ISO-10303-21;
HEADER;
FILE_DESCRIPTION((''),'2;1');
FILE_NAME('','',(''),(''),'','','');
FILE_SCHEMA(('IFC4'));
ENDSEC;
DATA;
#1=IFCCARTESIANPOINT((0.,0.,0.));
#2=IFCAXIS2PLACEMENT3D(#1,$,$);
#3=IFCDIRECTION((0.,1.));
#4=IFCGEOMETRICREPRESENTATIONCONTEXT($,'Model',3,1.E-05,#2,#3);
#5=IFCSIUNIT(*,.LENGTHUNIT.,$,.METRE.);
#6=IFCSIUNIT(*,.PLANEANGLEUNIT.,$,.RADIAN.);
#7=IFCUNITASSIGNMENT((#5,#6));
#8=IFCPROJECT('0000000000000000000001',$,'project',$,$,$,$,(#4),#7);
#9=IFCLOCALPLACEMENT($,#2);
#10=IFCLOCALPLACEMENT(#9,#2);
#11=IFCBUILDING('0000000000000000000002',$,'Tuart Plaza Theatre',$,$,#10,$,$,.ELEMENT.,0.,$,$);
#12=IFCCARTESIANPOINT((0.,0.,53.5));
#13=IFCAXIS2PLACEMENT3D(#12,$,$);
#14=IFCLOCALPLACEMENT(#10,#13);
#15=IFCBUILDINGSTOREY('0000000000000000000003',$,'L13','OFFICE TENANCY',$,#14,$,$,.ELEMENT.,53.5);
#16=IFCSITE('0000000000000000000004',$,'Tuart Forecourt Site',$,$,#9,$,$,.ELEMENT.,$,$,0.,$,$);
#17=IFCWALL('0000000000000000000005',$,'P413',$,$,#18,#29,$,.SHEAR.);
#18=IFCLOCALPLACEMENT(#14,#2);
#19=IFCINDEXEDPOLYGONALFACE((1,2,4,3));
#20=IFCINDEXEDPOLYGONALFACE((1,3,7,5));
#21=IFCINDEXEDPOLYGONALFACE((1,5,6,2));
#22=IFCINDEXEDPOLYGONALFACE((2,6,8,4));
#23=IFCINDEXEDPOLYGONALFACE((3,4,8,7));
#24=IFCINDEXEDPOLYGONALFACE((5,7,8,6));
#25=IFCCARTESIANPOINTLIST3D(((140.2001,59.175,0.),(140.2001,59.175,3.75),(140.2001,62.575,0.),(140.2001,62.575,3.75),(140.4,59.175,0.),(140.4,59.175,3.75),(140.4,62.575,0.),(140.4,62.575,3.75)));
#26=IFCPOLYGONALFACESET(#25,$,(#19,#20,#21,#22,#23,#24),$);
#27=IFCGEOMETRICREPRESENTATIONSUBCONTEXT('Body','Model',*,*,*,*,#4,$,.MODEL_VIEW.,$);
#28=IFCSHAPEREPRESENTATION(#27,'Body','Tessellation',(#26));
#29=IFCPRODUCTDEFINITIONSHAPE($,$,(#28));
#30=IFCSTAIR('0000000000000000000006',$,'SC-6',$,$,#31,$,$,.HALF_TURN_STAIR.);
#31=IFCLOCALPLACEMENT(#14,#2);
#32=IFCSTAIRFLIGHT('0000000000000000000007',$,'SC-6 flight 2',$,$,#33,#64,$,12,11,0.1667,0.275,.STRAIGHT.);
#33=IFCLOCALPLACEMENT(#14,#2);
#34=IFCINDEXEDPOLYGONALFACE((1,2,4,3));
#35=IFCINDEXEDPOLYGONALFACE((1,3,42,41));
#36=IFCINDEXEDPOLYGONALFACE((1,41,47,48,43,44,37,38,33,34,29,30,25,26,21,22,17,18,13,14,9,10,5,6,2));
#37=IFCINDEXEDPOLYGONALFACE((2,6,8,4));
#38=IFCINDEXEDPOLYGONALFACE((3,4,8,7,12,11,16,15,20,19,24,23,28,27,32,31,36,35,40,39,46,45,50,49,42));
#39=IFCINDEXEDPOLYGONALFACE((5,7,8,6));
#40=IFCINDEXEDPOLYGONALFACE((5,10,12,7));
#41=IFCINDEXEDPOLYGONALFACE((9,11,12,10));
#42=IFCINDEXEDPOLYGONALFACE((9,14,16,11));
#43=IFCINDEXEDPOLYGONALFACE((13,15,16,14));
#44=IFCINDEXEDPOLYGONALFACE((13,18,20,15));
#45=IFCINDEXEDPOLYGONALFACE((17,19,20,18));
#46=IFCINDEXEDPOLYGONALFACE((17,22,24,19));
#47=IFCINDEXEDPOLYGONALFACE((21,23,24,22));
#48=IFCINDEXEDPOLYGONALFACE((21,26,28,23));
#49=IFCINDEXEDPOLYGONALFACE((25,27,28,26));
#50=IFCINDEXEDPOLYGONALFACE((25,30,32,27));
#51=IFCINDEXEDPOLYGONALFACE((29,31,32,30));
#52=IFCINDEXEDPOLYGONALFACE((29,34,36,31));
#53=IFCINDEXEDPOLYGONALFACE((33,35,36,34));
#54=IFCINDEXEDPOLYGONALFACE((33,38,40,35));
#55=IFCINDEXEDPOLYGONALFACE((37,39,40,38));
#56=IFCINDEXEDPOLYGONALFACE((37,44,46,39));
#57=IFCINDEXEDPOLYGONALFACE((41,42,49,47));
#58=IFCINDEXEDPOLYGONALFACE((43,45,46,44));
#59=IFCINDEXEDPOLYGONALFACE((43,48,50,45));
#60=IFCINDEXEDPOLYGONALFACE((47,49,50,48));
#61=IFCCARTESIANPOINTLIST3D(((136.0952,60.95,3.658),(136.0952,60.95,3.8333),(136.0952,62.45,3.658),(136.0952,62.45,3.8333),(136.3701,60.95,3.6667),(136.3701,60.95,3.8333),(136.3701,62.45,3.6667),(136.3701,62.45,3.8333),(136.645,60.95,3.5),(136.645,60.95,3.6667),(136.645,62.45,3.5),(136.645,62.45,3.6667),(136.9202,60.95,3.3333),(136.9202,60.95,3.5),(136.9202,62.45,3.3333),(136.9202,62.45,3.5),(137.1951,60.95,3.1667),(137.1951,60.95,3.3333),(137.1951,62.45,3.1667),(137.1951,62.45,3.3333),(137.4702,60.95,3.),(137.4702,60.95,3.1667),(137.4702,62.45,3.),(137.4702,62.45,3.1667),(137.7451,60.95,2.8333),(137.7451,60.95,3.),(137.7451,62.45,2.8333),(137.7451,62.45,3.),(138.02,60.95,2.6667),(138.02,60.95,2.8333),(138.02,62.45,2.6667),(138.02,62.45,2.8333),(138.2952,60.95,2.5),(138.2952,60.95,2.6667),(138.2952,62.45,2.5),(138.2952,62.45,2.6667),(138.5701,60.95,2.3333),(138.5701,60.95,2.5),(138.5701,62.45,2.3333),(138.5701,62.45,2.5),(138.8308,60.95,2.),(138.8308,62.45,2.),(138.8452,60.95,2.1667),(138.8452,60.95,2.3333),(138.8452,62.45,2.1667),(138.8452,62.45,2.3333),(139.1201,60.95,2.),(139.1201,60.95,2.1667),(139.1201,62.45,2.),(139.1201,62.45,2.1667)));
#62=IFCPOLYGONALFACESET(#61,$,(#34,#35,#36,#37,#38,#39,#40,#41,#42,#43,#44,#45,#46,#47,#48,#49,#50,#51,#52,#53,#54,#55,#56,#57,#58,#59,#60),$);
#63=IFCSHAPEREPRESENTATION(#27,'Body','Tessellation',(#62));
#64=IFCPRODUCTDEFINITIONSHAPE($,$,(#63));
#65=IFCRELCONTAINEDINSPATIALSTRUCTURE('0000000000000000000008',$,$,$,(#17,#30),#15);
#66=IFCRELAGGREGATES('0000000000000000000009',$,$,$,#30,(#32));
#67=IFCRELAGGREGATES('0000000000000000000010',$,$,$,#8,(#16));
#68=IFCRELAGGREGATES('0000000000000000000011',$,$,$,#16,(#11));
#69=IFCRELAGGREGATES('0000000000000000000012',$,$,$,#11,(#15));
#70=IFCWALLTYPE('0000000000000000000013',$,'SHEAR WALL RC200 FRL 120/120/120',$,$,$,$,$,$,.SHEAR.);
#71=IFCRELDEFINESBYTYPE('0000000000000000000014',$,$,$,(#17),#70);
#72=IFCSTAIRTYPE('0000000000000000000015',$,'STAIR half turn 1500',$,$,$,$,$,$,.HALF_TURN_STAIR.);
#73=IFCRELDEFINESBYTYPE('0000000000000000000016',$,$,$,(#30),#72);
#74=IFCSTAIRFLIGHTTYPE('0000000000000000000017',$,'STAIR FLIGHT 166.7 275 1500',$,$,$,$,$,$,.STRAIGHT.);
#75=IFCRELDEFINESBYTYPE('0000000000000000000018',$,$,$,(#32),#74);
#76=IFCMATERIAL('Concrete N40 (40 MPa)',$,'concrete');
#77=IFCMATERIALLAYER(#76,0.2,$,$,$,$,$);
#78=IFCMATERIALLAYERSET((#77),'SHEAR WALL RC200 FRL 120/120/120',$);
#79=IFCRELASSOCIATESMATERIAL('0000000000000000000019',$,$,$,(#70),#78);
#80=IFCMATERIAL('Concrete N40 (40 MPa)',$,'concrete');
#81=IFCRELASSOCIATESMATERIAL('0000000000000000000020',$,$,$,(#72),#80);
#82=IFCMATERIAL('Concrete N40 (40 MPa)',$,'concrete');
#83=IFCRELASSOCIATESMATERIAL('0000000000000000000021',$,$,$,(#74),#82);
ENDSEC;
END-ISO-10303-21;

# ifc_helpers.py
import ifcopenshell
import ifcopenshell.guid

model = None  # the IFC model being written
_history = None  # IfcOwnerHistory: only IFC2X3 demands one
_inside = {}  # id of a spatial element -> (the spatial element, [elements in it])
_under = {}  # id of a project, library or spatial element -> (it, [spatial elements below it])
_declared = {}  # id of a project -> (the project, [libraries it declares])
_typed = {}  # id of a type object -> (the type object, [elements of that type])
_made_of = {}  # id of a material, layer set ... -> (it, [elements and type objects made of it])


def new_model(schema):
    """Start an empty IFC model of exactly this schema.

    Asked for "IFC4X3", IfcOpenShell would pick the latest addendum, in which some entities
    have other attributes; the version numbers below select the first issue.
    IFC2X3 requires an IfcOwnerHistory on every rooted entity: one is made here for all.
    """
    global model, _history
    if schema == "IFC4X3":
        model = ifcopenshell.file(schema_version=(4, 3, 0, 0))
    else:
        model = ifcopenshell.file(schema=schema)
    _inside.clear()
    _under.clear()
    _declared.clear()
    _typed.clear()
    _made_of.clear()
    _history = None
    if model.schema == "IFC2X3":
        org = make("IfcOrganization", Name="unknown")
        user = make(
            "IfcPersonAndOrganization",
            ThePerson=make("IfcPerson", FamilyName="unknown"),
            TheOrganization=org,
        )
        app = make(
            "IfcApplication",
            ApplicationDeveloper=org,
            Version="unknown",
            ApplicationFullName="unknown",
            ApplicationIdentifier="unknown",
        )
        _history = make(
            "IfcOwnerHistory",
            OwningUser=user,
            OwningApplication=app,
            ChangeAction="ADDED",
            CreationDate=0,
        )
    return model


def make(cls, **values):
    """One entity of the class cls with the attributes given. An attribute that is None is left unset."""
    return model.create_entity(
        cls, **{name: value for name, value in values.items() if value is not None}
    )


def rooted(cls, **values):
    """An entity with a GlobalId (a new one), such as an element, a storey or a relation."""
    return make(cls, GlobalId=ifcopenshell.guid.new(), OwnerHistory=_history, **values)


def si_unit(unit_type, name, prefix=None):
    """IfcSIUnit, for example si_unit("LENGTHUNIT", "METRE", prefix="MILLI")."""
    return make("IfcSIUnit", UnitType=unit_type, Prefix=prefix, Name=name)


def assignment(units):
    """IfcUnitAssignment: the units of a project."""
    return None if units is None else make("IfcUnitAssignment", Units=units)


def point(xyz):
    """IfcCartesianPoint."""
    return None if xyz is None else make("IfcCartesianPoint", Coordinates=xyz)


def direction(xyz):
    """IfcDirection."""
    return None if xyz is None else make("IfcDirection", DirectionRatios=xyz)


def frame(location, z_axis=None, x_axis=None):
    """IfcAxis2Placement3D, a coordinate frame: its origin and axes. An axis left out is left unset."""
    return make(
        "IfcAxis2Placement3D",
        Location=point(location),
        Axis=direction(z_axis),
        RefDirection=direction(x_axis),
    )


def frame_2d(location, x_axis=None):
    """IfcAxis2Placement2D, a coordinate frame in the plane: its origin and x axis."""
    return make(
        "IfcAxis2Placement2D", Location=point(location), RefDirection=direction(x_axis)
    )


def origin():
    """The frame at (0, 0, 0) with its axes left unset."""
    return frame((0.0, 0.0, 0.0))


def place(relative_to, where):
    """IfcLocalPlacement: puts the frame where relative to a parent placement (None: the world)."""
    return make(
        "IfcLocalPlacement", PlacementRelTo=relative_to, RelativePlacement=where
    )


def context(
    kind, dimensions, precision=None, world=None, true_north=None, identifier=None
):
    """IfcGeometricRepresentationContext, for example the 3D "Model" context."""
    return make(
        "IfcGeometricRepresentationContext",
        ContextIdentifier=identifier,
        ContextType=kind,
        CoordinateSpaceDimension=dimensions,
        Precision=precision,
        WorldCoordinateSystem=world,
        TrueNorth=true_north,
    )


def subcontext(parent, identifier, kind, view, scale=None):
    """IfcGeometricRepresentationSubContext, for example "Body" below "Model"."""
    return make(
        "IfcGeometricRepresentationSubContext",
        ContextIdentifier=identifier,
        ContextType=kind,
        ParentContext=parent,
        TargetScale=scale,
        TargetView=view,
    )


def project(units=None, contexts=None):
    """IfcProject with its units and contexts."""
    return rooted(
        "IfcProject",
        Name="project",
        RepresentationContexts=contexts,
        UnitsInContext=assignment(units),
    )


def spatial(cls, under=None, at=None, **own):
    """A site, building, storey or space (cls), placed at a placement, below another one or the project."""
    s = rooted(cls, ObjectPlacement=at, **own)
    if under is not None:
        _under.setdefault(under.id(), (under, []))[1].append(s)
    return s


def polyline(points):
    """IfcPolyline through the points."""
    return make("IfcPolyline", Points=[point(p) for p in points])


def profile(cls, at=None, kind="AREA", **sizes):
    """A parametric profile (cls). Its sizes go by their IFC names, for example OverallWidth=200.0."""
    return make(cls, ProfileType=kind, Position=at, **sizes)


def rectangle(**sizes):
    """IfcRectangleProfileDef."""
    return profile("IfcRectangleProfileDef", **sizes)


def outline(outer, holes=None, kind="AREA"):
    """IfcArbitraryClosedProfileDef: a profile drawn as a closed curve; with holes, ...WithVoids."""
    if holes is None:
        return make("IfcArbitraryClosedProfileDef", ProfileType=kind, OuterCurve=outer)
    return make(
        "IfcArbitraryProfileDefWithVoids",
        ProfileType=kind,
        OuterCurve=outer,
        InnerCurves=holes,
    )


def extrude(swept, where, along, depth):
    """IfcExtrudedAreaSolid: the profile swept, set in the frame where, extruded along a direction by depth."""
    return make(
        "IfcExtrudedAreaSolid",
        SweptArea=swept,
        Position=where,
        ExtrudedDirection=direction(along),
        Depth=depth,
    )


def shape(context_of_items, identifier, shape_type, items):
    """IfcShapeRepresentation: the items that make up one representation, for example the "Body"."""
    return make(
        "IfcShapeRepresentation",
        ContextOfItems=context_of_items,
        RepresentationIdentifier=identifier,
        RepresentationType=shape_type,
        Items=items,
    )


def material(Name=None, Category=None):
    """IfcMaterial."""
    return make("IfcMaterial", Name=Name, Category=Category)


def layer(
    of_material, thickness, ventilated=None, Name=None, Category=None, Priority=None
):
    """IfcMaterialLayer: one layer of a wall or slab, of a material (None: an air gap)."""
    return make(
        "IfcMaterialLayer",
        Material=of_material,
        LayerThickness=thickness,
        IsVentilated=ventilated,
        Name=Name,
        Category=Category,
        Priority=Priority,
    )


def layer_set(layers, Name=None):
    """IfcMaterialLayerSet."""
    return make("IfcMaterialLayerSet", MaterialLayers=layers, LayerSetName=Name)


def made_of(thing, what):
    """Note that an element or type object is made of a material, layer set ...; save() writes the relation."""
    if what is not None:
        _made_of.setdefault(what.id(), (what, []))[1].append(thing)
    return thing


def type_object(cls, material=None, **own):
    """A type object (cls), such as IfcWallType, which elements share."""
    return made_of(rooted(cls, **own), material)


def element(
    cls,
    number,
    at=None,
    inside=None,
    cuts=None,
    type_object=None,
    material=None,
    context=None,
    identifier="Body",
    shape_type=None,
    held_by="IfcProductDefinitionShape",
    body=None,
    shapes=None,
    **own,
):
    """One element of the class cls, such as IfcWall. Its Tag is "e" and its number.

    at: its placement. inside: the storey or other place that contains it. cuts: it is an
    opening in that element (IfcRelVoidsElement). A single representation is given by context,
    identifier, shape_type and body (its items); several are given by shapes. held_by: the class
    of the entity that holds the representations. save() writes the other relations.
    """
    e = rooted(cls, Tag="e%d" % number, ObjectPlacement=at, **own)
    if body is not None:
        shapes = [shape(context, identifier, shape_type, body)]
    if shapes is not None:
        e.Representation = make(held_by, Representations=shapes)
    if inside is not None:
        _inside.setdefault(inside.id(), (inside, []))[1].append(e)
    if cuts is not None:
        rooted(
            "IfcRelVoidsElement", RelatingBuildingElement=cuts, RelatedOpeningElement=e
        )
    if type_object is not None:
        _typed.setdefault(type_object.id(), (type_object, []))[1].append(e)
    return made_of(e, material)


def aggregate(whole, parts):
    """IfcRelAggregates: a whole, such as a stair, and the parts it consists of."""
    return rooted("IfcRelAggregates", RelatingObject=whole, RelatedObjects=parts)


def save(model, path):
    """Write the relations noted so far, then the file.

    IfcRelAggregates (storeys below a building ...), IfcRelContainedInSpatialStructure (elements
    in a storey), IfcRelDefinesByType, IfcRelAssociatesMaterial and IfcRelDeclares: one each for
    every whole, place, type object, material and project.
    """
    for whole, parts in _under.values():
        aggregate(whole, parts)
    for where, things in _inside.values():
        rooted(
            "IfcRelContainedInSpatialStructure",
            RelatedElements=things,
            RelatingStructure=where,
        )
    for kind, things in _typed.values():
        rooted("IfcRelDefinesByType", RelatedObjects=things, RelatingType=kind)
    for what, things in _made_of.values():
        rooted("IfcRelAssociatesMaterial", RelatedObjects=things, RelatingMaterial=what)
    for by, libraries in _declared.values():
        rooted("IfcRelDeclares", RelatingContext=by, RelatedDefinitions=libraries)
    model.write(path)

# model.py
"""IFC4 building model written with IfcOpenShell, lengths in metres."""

from ifc_helpers import new_model, si_unit, direction, frame, frame_2d, origin, place, context, subcontext, project, spatial, polyline, rectangle, outline, extrude, material, layer, layer_set, type_object, element, aggregate, save


model = new_model("IFC4")

# Units and contexts
model_context = context("Model", 3, precision=1e-05, world=origin(), true_north=direction((0.0, 1.0)))
body_context = subcontext(model_context, "Body", "Model", "MODEL_VIEW")
ifc_project = project(units=[si_unit("LENGTHUNIT", "METRE"), si_unit("PLANEANGLEUNIT", "RADIAN")], contexts=[model_context])

# Site, building, storey
site_placement = place(None, origin())
site = spatial("IfcSite", under=ifc_project, at=site_placement, Name="Tuart Forecourt Site", CompositionType="ELEMENT", RefElevation=0.0)
building_placement = place(site_placement, origin())
building = spatial("IfcBuilding", under=site, at=building_placement, Name="Tuart Plaza Theatre", CompositionType="ELEMENT", ElevationOfRefHeight=0.0)
storey_placement = place(building_placement, frame((0.0, 0.0, 53.5)))
storey = spatial("IfcBuildingStorey", under=building, at=storey_placement, Name="L13", Description="OFFICE TENANCY", CompositionType="ELEMENT", Elevation=53.5)

# Wall
ifc_material_1 = material(Name="Concrete N40 (40 MPa)", Category="concrete")
ifc_layer_1 = layer(ifc_material_1, 0.2)
ifc_layer_set_1 = layer_set([ifc_layer_1], Name="SHEAR WALL RC200 FRL 120/120/120")
wall_type = type_object("IfcWallType", Name="SHEAR WALL RC200 FRL 120/120/120", PredefinedType="SHEAR", material=ifc_layer_set_1)
wall_placement = place(storey_placement, frame((140.3, 59.175, 0.0), z_axis=(0.0, 0.0, 1.0), x_axis=(0.0, 1.0, 0.0)))
element("IfcWall", 1, at=wall_placement, inside=storey, type_object=wall_type, Name="P413", PredefinedType="SHEAR", context=body_context, shape_type="SweptSolid", body=[
    extrude(rectangle(XDim=3.3999, YDim=0.2, at=frame_2d((1.7, 0.0))), origin(), (0.0, 0.0, 1.0), 3.75),
])

# Stair, stair flight
ifc_material_2 = material(Name="Concrete N40 (40 MPa)", Category="concrete")
stair_type = type_object("IfcStairType", Name="STAIR half turn 1500", PredefinedType="HALF_TURN_STAIR", material=ifc_material_2)
stair_placement = place(storey_placement, origin())
stair = element("IfcStair", 2, at=stair_placement, inside=storey, type_object=stair_type, Name="SC-6", PredefinedType="HALF_TURN_STAIR")
ifc_material_3 = material(Name="Concrete N40 (40 MPa)", Category="concrete")
stair_flight_type = type_object("IfcStairFlightType", Name="STAIR FLIGHT 166.7 275 1500", PredefinedType="STRAIGHT", material=ifc_material_3)
stair_flight_placement = place(storey_placement, frame((139.1201, 61.7, 2.0), z_axis=(0.0, 0.0, 1.0), x_axis=(-1.0, 0.0, 0.0)))
stair_flight = element("IfcStairFlight", 3, at=stair_flight_placement, type_object=stair_flight_type, Name="SC-6 flight 2", NumberOfRisers=12, NumberOfTreads=11, PredefinedType="STRAIGHT", RiserHeight=0.1667, TreadLength=0.275, context=body_context, shape_type="SweptSolid", body=[
    extrude(outline(polyline([(0.0, 0.0), (0.0, 0.1667), (0.2749, 0.1667), (0.2749, 0.3333), (0.55, 0.3333), (0.55, 0.5), (0.825, 0.5), (0.825, 0.6667), (1.1001, 0.6667), (1.1001, 0.8333), (1.375, 0.8333), (1.375, 1.0), (1.6499, 1.0), (1.6499, 1.1667), (1.925, 1.1667), (1.925, 1.3333), (2.2, 1.3333), (2.2, 1.5), (2.4751, 1.5), (2.4751, 1.6667), (2.75, 1.6667), (2.75, 1.8333), (3.0249, 1.8333), (3.0249, 2.0), (3.0249, 1.658), (0.2893, 0.0), (0.0, 0.0)])), frame((0.0, 0.75, 0.0), z_axis=(0.0, -1.0, 0.0), x_axis=(1.0, 0.0, 0.0)), (0.0, 0.0, 1.0), 1.5),
])
aggregate(stair, [stair_flight])

save(model, "model.ifc")
